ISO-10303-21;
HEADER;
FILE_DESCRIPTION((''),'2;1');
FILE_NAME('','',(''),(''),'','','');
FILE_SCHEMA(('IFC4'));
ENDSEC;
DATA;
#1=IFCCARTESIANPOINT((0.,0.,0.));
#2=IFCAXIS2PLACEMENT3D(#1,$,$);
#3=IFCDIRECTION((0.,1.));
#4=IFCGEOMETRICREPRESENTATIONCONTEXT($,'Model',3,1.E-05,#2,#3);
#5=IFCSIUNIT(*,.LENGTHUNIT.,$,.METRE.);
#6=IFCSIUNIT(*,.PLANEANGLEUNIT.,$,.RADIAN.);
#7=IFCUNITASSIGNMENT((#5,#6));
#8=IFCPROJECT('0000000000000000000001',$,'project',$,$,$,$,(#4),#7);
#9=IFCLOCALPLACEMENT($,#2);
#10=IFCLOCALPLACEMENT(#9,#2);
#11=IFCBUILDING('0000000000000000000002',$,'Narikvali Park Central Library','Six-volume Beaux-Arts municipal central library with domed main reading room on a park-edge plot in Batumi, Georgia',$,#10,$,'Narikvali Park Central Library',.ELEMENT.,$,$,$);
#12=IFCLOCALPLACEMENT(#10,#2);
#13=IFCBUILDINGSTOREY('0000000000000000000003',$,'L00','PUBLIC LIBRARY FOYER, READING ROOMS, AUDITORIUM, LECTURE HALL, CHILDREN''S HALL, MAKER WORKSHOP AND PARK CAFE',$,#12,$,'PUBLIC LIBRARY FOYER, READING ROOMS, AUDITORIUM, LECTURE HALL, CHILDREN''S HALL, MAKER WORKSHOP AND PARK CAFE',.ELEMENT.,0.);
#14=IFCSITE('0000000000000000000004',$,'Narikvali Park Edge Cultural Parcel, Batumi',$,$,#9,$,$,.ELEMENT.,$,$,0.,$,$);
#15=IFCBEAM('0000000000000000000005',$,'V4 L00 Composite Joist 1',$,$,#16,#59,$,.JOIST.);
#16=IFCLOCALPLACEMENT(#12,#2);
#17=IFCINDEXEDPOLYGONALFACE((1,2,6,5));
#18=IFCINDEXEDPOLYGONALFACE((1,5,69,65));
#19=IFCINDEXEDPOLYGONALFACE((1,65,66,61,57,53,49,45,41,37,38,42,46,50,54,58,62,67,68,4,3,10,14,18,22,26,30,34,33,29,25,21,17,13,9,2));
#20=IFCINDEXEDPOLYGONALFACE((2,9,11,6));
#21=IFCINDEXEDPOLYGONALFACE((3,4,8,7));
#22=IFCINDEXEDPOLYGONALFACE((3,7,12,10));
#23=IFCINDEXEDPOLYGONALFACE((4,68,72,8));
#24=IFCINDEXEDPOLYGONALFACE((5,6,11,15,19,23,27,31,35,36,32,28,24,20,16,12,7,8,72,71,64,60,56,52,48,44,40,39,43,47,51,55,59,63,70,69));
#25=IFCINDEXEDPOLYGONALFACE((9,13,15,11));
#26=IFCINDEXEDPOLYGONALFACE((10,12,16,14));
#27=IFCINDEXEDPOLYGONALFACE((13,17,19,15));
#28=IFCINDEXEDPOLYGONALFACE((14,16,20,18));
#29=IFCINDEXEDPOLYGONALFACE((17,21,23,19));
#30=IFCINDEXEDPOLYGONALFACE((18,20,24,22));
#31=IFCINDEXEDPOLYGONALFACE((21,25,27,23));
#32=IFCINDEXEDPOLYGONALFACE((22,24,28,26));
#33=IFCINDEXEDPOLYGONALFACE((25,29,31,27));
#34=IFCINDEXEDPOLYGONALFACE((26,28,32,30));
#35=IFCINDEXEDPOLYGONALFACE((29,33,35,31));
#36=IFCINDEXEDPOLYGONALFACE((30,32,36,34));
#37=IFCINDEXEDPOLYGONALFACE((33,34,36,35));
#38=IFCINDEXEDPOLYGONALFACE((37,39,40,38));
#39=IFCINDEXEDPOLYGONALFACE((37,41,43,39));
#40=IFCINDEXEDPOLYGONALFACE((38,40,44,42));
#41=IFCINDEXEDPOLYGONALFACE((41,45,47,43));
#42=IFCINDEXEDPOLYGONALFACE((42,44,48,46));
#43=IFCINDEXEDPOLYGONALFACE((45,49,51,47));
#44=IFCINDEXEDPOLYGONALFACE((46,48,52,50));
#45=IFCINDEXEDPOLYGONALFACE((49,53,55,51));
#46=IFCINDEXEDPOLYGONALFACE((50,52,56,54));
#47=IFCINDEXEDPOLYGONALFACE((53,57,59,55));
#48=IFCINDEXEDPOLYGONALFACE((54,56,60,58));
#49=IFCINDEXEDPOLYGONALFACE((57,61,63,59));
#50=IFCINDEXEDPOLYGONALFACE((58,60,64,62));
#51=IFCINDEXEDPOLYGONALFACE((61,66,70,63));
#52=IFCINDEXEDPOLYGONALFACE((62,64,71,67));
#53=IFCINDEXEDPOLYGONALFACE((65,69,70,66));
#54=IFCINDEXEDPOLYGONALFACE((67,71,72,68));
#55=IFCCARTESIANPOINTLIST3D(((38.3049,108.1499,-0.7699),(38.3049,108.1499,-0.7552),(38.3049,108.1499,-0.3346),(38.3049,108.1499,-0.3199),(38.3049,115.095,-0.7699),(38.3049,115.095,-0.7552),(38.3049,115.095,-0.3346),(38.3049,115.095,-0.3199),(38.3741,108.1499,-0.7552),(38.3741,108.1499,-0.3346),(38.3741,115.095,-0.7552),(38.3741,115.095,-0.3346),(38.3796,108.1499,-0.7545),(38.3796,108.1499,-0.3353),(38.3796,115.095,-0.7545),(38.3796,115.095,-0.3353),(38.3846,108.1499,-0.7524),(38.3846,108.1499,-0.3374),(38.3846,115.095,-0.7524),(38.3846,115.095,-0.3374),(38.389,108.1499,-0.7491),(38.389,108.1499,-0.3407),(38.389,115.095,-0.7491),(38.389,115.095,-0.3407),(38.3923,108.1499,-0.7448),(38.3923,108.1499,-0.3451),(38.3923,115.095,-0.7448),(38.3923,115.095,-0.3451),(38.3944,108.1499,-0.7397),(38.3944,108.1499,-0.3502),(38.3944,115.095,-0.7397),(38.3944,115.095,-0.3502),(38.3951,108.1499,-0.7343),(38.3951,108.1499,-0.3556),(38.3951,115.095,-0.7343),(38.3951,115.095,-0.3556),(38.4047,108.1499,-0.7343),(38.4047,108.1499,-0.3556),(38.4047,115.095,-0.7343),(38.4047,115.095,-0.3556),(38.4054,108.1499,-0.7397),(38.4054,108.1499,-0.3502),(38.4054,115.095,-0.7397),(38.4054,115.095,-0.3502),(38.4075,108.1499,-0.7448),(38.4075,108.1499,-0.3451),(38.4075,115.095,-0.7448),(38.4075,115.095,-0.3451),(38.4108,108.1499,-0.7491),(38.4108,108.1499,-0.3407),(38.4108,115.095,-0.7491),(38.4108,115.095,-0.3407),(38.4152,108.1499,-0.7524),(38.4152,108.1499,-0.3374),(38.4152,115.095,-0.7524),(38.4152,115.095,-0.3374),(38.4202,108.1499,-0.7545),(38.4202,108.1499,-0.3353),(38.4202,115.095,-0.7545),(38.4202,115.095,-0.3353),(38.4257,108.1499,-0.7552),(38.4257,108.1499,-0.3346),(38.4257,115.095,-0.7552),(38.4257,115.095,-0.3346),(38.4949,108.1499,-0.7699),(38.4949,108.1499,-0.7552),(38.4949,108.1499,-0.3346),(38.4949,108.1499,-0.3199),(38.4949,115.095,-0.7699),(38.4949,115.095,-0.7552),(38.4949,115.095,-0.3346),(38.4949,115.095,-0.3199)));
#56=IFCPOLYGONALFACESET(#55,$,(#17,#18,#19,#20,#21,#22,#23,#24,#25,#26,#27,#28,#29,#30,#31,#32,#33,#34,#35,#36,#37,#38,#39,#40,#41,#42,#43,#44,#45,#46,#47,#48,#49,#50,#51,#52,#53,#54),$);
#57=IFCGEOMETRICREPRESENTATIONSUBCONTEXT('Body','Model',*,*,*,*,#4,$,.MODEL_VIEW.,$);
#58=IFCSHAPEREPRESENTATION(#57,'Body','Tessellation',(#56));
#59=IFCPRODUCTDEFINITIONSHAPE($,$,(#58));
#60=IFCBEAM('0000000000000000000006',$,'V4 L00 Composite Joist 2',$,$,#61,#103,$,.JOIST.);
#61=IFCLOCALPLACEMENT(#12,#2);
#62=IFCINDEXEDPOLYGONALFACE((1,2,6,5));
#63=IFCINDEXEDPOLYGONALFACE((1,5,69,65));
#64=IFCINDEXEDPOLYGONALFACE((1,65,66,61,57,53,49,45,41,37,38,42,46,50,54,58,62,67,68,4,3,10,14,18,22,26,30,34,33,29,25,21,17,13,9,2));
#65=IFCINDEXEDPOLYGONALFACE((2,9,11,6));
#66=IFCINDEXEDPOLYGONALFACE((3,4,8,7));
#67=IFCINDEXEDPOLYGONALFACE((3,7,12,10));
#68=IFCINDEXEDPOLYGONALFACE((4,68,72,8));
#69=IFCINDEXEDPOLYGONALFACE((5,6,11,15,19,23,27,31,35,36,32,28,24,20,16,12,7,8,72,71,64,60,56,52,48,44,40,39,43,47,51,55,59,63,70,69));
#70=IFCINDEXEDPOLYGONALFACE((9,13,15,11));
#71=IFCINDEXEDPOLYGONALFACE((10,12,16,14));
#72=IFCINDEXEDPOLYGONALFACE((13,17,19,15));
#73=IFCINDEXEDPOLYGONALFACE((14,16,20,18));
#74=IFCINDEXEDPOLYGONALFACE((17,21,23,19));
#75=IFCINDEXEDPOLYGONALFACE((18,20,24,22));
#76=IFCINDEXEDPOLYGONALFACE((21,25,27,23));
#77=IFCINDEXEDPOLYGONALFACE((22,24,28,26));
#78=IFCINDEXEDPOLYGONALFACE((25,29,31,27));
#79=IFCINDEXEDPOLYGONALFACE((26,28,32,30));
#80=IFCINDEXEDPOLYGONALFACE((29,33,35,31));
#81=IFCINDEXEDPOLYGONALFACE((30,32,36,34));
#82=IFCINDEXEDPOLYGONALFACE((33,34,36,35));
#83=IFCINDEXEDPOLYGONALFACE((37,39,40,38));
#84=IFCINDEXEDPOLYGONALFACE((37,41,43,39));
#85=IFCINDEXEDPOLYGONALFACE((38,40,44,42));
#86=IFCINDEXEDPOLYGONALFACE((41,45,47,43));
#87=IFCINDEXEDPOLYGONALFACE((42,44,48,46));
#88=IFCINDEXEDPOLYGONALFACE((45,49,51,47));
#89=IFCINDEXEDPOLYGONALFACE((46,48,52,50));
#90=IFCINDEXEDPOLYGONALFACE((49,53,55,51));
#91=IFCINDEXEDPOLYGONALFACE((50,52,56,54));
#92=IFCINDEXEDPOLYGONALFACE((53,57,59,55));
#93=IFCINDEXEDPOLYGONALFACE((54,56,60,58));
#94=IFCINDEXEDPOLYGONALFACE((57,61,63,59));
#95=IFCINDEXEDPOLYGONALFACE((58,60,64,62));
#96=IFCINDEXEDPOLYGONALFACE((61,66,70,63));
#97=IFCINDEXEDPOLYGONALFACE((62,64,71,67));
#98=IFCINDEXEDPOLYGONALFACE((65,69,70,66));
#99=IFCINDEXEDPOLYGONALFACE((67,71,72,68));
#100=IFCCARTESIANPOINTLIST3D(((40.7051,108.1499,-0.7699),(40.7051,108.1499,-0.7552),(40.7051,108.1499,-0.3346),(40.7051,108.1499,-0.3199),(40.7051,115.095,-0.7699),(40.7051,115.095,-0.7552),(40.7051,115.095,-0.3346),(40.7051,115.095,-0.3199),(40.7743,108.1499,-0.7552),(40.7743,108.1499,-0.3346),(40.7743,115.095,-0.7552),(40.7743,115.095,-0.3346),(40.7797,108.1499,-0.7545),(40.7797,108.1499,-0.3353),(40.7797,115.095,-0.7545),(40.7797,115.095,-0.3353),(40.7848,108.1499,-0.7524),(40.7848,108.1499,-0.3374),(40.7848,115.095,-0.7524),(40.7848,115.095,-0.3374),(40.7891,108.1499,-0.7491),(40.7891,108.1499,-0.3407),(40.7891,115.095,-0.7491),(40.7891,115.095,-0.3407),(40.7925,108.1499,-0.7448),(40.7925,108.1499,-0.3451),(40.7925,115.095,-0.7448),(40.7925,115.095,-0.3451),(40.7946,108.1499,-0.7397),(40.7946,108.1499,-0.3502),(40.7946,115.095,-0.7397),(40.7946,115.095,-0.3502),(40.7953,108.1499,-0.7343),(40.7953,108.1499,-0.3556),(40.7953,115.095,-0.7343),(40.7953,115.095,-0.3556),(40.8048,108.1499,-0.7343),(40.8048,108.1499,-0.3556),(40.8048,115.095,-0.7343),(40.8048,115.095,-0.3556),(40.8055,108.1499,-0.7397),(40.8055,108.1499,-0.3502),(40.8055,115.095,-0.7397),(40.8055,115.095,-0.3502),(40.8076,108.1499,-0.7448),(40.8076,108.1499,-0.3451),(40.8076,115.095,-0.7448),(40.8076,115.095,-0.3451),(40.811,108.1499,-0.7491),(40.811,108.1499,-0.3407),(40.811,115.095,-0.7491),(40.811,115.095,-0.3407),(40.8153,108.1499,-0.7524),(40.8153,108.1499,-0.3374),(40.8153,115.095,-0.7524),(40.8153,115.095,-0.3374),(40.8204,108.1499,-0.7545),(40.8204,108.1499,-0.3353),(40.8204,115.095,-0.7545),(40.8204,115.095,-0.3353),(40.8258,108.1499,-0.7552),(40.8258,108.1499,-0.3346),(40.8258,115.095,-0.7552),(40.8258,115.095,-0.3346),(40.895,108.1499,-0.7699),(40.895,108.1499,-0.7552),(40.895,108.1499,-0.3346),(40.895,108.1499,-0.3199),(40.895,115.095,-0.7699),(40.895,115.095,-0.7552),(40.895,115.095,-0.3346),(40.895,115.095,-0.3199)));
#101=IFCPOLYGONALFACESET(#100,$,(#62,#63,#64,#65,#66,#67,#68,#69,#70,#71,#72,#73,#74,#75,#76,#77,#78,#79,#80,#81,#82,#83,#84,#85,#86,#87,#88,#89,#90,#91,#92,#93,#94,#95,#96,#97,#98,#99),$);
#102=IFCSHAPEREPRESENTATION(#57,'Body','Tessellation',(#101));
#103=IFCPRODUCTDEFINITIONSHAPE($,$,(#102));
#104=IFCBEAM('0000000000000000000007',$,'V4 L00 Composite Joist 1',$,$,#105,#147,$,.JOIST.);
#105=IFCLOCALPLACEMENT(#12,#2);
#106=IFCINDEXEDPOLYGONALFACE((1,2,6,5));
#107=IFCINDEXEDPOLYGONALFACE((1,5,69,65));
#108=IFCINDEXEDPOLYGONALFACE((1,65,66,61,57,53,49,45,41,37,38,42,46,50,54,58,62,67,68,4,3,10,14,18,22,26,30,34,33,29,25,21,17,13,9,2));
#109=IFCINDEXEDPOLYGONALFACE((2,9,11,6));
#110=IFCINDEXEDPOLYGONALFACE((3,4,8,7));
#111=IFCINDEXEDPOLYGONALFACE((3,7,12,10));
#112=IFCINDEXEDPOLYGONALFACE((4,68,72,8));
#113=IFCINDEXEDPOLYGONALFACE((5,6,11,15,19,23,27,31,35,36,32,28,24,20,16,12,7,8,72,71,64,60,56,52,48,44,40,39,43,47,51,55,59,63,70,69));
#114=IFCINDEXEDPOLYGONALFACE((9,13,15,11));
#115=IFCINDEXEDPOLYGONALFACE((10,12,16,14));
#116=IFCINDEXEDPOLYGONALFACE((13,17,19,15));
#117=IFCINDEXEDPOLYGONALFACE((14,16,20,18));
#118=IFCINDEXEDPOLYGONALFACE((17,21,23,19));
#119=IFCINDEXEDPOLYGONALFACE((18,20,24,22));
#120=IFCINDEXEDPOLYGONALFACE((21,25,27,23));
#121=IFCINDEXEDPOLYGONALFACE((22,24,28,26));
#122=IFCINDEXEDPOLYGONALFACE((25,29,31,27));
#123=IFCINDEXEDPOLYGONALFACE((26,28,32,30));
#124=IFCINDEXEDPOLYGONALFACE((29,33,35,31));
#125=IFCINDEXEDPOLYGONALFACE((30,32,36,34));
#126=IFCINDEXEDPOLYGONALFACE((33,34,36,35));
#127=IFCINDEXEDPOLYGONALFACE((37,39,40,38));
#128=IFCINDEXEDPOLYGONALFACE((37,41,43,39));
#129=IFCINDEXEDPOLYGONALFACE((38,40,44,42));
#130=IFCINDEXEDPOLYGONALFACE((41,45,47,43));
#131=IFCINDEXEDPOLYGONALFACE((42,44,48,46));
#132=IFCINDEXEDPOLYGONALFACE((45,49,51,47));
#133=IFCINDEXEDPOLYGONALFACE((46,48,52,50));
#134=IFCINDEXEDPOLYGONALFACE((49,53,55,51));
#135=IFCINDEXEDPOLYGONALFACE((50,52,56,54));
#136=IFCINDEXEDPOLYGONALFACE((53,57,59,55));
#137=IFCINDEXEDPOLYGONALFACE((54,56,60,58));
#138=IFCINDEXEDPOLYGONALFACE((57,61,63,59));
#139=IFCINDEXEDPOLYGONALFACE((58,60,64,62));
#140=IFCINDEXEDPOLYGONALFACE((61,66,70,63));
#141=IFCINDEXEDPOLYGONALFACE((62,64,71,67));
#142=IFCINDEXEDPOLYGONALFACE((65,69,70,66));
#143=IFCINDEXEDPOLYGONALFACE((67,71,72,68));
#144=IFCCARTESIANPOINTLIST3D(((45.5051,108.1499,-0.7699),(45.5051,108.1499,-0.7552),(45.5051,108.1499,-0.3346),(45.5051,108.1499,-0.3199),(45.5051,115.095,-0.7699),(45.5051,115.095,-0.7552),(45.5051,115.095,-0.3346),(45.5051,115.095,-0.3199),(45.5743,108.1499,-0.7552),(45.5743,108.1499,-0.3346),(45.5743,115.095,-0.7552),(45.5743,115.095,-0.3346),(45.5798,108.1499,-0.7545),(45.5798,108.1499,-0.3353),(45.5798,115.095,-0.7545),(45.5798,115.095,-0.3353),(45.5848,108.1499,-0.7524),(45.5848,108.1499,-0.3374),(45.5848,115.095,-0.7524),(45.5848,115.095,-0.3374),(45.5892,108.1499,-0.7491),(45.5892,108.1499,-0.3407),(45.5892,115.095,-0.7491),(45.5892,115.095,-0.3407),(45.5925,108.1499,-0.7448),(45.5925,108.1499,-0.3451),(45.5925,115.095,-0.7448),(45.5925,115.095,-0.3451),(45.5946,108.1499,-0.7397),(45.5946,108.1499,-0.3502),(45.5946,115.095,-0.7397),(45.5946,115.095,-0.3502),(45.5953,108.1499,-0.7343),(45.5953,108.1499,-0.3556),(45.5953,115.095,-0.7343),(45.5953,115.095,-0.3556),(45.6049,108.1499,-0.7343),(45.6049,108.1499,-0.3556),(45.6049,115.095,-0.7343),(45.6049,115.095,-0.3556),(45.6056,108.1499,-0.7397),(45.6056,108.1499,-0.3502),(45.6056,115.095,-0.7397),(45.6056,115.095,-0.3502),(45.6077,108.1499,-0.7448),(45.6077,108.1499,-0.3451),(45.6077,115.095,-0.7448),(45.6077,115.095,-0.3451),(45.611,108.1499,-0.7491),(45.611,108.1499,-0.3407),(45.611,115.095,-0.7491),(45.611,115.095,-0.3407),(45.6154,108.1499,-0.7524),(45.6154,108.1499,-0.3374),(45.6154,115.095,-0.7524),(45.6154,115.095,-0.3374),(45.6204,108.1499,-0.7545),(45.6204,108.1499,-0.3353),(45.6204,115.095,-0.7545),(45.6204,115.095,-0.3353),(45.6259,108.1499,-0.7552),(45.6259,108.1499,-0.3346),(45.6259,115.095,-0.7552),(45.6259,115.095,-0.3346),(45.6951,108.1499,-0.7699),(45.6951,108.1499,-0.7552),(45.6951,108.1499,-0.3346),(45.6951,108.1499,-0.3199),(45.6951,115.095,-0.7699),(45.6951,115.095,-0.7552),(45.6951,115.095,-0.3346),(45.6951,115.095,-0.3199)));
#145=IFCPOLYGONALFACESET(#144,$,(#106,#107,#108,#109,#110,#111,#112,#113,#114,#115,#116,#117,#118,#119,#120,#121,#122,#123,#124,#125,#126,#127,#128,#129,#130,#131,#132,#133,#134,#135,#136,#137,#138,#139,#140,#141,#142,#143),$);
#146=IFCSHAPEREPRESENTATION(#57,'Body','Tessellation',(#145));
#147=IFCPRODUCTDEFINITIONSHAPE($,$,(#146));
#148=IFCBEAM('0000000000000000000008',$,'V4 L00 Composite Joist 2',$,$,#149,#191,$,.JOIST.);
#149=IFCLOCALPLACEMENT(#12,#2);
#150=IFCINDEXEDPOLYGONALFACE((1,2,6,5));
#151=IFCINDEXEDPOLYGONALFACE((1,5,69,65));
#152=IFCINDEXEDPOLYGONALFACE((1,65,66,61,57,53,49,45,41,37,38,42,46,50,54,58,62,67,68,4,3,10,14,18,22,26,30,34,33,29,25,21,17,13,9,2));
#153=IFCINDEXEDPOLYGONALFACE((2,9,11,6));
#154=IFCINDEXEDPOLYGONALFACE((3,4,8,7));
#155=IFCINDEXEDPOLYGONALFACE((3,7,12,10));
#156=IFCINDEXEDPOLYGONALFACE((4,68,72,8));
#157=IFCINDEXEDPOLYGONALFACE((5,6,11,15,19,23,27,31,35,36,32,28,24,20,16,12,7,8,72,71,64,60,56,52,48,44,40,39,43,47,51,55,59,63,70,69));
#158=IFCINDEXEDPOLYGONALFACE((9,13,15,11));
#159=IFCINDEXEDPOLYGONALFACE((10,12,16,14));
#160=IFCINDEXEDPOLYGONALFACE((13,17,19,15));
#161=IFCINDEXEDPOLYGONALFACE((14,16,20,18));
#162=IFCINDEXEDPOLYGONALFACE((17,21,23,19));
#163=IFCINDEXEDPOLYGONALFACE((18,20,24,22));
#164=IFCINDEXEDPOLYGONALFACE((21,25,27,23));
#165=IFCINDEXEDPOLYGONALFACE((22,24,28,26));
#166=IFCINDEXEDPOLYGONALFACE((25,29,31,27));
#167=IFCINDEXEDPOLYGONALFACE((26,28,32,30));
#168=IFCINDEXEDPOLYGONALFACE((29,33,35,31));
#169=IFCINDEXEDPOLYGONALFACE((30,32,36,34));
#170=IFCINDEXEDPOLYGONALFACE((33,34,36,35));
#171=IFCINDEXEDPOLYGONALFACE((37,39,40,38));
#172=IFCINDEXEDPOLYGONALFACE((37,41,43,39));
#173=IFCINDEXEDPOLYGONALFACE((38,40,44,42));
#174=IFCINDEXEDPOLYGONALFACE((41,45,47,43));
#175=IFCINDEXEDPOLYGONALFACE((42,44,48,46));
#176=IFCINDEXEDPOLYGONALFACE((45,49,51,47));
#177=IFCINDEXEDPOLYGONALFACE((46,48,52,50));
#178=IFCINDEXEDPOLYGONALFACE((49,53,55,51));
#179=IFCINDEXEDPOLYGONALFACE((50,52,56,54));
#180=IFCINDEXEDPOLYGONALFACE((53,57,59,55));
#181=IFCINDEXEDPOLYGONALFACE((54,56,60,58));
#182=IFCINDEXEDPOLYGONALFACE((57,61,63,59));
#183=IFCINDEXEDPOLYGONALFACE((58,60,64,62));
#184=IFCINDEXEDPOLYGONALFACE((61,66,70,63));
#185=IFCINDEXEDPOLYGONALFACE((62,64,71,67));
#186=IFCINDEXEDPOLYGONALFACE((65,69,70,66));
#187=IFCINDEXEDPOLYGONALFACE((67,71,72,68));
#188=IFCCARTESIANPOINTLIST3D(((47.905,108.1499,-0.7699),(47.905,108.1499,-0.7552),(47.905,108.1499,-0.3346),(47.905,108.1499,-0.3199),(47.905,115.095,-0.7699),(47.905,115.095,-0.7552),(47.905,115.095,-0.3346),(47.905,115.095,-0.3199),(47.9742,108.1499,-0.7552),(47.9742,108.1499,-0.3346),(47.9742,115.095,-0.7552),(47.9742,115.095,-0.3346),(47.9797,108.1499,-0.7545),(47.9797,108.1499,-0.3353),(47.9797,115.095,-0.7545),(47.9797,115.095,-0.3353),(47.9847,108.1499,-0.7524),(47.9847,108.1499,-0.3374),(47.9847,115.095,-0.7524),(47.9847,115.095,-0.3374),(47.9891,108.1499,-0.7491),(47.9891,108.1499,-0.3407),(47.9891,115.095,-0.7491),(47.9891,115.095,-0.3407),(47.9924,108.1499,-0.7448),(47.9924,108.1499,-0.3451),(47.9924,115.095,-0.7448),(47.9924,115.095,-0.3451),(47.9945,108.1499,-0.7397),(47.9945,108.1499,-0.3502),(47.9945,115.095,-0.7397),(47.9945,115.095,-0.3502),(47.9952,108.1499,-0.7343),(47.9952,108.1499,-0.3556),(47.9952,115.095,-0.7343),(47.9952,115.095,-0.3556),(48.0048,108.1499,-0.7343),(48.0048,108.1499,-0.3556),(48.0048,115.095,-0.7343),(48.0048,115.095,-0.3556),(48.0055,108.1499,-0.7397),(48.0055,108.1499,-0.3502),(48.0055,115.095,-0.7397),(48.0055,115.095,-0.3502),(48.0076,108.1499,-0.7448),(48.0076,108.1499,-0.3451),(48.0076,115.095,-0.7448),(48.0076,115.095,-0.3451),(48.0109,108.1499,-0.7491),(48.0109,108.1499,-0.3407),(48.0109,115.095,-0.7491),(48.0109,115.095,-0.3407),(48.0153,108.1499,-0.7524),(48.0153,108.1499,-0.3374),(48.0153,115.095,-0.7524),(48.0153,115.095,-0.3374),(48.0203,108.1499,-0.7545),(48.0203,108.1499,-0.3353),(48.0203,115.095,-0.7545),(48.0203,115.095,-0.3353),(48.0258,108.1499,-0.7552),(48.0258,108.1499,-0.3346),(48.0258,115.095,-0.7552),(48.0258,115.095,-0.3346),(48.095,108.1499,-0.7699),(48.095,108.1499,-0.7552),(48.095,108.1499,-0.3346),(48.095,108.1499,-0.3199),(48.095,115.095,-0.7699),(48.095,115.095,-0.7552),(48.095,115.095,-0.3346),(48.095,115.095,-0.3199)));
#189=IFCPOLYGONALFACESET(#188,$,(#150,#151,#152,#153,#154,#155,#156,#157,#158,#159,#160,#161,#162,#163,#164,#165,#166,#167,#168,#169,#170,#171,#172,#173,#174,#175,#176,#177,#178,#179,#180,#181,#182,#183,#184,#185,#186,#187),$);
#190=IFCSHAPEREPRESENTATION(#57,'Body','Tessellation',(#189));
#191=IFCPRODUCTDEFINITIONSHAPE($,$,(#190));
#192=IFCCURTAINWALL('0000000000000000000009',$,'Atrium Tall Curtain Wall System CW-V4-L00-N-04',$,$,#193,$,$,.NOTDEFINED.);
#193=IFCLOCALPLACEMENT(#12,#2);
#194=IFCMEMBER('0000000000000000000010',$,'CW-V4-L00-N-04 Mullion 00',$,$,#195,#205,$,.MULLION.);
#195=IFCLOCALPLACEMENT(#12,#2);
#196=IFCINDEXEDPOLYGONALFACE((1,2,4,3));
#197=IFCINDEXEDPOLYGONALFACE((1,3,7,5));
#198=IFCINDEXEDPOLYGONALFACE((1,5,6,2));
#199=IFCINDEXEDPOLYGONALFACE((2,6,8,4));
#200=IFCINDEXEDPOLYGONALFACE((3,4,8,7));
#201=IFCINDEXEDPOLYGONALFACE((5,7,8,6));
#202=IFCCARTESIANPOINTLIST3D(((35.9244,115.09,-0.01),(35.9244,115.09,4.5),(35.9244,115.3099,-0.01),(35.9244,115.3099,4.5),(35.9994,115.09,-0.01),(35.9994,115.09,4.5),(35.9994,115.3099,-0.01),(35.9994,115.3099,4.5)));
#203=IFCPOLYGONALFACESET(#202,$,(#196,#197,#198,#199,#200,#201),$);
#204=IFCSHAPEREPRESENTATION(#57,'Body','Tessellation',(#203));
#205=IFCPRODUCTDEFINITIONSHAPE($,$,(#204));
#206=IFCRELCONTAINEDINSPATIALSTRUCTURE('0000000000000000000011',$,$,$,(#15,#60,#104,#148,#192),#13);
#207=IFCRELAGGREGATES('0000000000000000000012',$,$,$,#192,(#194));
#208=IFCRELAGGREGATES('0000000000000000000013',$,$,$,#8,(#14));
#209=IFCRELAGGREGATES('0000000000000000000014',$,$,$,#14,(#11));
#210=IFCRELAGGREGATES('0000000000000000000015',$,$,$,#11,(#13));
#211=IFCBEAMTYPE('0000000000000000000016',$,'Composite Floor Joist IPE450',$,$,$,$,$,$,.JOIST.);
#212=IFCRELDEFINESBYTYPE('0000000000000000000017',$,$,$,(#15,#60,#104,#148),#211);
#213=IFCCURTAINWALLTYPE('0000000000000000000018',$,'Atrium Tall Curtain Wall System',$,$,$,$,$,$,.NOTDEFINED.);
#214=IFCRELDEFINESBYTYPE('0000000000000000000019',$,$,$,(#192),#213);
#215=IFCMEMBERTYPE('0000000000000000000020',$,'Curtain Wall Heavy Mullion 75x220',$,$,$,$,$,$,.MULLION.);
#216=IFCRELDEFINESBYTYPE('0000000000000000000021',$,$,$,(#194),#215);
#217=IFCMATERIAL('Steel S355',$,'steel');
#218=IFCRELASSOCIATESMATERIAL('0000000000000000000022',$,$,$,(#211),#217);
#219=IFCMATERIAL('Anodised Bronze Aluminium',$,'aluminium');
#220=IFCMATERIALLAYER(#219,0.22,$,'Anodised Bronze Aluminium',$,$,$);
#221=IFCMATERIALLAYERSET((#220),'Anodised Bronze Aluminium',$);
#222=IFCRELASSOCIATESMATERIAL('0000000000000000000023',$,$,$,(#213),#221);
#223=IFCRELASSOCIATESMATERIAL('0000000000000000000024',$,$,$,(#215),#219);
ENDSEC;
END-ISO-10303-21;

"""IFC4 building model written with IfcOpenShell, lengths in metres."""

from ifc_helpers import new_model, si_unit, direction, frame, origin, origin_2d, place, context, subcontext, project, spatial, rectangle, i_section, extrude, material, layer, layer_set, material_profile, profile_set, type_object, element, aggregate, save


model = new_model("IFC4")

# Units and contexts
model_context = context("Model", 3, precision=1e-05, world=origin(), true_north=direction((0.0, 1.0)))
body_context = subcontext(model_context, "Body", "Model", "MODEL_VIEW")
ifc_project = project(units=[si_unit("LENGTHUNIT", "METRE"), si_unit("PLANEANGLEUNIT", "RADIAN")], contexts=[model_context])

# Site, building, storey
site_placement = place(None, origin())
site = spatial("IfcSite", under=ifc_project, at=site_placement, Name="Narikvali Park Edge Cultural Parcel, Batumi", CompositionType="ELEMENT", RefElevation=0.0)
building_placement = place(site_placement, origin())
building = spatial("IfcBuilding", under=site, at=building_placement, Name="Narikvali Park Central Library", Description="Six-volume Beaux-Arts municipal central library with domed main reading room on a park-edge plot in Batumi, Georgia", LongName="Narikvali Park Central Library", CompositionType="ELEMENT")
storey_placement = place(building_placement, origin())
storey = spatial("IfcBuildingStorey", under=building, at=storey_placement, Name="L00", Description="PUBLIC LIBRARY FOYER, READING ROOMS, AUDITORIUM, LECTURE HALL, CHILDREN'S HALL, MAKER WORKSHOP AND PARK CAFE", LongName="PUBLIC LIBRARY FOYER, READING ROOMS, AUDITORIUM, LECTURE HALL, CHILDREN'S HALL, MAKER WORKSHOP AND PARK CAFE", CompositionType="ELEMENT", Elevation=0.0)

# Shared definitions
ifc_material_1 = material(Name="Steel S355", Category="steel")

# Beams
ifc_material_profile_1 = material_profile(ifc_material_1, i_section(OverallWidth=0.1899, OverallDepth=0.45, WebThickness=0.0095, FlangeThickness=0.0146, FilletRadius=0.021, at=origin_2d()), Name="IPE 450")
ifc_profile_set_1 = profile_set([ifc_material_profile_1], Name="Steel S355")
beam_type_1 = type_object("IfcBeamType", Name="Composite Floor Joist IPE450", PredefinedType="JOIST", material=ifc_profile_set_1)
for number, where, z_axis, x_axis, name in (
    (1, (38.3999, 108.1499, -0.5449), (0.0, 1.0, 0.0), (-1.0, 0.0, 0.0), "V4 L00 Composite Joist 1"),
    (2, (40.8, 108.1499, -0.5449), (0.0, 1.0, 0.0), (-1.0, 0.0, 0.0), "V4 L00 Composite Joist 2"),
    (3, (45.6001, 108.1499, -0.5449), (0.0, 1.0, 0.0), (-1.0, 0.0, 0.0), "V4 L00 Composite Joist 1"),
    (4, (48.0, 108.1499, -0.5449), (0.0, 1.0, 0.0), (-1.0, 0.0, 0.0), "V4 L00 Composite Joist 2"),
):
    element("IfcBeam", number, at=place(storey_placement, frame(where, z_axis=z_axis, x_axis=x_axis)), inside=storey, type_object=beam_type_1, Name=name, PredefinedType="JOIST", context=body_context, shape_type="SweptSolid", body=[
        extrude(i_section(OverallWidth=0.1899, OverallDepth=0.45, WebThickness=0.0095, FlangeThickness=0.0146, FilletRadius=0.021, at=origin_2d()), origin(), (0.0, 0.0, 1.0), 6.9451),
    ])

# Curtain wall, member
ifc_material_2 = material(Name="Anodised Bronze Aluminium", Category="aluminium")
ifc_layer_1 = layer(ifc_material_2, 0.22, Name="Anodised Bronze Aluminium")
ifc_layer_set_1 = layer_set([ifc_layer_1], Name="Anodised Bronze Aluminium")
curtain_wall_type = type_object("IfcCurtainWallType", Name="Atrium Tall Curtain Wall System", PredefinedType="NOTDEFINED", material=ifc_layer_set_1)
curtain_wall_placement = place(storey_placement, origin())
curtain_wall = element("IfcCurtainWall", 5, at=curtain_wall_placement, inside=storey, type_object=curtain_wall_type, Name="Atrium Tall Curtain Wall System CW-V4-L00-N-04", PredefinedType="NOTDEFINED")
ifc_material_profile_2 = material_profile(ifc_material_2, rectangle(XDim=0.075, YDim=0.22, at=origin_2d()), Name="CW MULLION 75x220")
ifc_profile_set_2 = profile_set([ifc_material_profile_2], Name="Anodised Bronze Aluminium")
member_type_1 = type_object("IfcMemberType", Name="Curtain Wall Heavy Mullion 75x220", PredefinedType="MULLION", material=ifc_profile_set_2)
member_1_placement = place(storey_placement, frame((35.9619, 115.2, -0.01), z_axis=(0.0, 0.0, 1.0), x_axis=(1.0, 0.0, 0.0)))
member_1 = element("IfcMember", 6, at=member_1_placement, type_object=member_type_1, Name="CW-V4-L00-N-04 Mullion 00", PredefinedType="MULLION", context=body_context, shape_type="SweptSolid", body=[
    extrude(rectangle(XDim=0.075, YDim=0.22, at=origin_2d()), origin(), (0.0, 0.0, 1.0), 4.51),
])

aggregate(curtain_wall, [member_1])

save(model, "model.ifc")
